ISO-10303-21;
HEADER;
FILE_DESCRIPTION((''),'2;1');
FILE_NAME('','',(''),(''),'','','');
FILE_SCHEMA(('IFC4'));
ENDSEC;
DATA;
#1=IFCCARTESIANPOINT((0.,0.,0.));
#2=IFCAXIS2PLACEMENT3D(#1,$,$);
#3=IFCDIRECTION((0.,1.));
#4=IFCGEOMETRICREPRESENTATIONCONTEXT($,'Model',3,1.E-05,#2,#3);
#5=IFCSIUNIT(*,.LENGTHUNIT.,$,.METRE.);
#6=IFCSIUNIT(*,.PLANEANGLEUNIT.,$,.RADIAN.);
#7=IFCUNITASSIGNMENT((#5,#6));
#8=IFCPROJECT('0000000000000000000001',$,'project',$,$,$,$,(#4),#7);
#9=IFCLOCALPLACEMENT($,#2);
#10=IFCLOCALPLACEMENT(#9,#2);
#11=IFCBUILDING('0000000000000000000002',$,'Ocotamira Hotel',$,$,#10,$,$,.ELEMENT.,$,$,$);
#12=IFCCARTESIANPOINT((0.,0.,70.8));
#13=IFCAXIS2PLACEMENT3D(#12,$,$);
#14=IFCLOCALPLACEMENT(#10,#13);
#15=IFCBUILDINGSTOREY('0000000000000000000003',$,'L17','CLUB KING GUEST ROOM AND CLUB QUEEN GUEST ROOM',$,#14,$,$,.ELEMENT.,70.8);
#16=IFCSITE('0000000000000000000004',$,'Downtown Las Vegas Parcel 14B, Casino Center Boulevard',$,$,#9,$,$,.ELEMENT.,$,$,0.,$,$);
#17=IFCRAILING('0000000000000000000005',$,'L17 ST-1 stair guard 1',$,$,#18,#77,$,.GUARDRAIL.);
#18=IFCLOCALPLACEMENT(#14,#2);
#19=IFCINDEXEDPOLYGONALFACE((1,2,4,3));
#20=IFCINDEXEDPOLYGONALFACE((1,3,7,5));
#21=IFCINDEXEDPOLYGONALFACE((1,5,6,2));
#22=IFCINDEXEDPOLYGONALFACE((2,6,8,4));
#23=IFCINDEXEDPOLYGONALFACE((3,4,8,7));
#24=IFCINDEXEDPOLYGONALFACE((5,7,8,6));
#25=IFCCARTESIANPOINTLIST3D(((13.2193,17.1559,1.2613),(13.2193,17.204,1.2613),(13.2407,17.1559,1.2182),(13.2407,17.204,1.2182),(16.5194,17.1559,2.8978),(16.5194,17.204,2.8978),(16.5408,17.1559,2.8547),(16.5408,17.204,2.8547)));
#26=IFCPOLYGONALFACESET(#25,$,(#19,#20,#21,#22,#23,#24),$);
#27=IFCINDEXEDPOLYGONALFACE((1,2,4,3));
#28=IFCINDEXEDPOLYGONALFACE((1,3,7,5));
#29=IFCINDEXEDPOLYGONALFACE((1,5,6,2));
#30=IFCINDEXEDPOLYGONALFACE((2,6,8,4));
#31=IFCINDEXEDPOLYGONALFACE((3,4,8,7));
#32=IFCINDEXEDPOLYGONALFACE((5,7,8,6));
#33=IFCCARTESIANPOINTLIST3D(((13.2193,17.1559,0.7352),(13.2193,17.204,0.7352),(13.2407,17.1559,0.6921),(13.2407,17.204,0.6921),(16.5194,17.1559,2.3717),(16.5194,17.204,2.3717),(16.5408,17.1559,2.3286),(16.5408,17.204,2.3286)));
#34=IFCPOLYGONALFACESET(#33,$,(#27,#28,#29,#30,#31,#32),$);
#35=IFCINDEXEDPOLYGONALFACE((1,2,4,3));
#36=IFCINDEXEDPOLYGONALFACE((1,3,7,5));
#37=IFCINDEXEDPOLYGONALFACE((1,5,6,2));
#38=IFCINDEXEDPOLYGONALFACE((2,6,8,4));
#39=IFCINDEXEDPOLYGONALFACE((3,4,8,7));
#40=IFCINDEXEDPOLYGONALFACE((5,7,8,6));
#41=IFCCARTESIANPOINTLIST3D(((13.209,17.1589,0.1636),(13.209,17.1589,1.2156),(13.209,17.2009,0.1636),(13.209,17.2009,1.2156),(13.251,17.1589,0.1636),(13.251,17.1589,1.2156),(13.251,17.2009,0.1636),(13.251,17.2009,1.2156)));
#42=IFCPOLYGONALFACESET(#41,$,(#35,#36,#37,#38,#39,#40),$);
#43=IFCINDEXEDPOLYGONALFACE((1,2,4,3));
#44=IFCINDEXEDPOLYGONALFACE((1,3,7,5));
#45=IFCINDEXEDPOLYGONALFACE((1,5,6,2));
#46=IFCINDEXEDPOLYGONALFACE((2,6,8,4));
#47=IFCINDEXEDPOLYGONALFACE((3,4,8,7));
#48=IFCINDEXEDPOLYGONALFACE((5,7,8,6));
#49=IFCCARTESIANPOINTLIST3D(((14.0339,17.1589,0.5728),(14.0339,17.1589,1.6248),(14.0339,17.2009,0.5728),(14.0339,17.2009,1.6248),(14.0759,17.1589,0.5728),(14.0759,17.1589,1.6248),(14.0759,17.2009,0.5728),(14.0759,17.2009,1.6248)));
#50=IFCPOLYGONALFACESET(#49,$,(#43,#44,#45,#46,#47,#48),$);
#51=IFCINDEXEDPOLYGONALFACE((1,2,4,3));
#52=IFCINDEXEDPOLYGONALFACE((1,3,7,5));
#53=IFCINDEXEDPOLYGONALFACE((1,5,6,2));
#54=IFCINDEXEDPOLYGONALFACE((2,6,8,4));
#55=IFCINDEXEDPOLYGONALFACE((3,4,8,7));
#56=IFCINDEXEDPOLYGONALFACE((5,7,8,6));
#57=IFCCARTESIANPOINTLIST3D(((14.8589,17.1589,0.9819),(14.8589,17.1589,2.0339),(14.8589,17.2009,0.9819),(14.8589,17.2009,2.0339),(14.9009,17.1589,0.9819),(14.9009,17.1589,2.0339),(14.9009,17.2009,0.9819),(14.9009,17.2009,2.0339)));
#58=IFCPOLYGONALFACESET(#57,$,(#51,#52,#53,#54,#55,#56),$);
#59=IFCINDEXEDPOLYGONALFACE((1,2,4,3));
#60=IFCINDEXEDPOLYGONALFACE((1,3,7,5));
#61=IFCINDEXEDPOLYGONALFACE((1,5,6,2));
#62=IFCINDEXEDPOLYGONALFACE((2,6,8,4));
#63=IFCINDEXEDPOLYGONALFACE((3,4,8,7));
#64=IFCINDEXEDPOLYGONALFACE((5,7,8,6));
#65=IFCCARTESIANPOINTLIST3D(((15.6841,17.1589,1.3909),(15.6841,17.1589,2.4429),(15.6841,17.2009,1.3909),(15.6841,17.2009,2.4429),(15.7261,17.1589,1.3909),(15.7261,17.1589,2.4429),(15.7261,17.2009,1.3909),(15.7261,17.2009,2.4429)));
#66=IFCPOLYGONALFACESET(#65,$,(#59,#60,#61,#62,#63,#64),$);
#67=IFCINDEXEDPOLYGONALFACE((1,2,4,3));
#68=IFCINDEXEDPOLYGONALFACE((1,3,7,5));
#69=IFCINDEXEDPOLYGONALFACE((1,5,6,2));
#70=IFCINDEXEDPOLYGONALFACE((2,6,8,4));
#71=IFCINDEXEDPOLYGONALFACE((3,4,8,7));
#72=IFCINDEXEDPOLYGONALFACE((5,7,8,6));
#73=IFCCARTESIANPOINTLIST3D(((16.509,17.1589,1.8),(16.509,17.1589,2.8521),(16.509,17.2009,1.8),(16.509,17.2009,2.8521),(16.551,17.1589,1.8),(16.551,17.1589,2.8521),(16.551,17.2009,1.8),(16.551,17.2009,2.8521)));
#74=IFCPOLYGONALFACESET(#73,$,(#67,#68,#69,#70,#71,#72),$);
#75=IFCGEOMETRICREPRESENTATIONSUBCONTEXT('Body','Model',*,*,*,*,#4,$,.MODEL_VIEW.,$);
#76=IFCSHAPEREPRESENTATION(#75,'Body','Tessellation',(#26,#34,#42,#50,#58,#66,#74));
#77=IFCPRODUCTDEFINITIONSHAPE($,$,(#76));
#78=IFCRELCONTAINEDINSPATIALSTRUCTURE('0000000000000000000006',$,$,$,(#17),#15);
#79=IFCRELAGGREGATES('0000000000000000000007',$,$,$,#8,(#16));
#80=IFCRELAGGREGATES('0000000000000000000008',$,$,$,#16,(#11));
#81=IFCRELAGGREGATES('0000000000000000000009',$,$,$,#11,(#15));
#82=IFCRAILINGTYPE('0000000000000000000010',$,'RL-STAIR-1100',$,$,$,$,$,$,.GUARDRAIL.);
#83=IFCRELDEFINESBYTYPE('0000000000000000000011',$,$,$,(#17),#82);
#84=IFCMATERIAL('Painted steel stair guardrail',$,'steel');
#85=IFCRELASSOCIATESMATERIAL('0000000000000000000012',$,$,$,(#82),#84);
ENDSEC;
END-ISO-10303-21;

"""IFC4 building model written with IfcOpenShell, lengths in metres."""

from ifc_helpers import new_model, si_unit, direction, frame, origin, origin_2d, place, context, subcontext, project, spatial, rectangle, extrude, material, type_object, element, save


model = new_model("IFC4")

# Units and contexts
model_context = context("Model", 3, precision=1e-05, world=origin(), true_north=direction((0.0, 1.0)))
body_context = subcontext(model_context, "Body", "Model", "MODEL_VIEW")
ifc_project = project(units=[si_unit("LENGTHUNIT", "METRE"), si_unit("PLANEANGLEUNIT", "RADIAN")], contexts=[model_context])

# Site, building, storey
site_placement = place(None, origin())
site = spatial("IfcSite", under=ifc_project, at=site_placement, Name="Downtown Las Vegas Parcel 14B, Casino Center Boulevard", CompositionType="ELEMENT", RefElevation=0.0)
building_placement = place(site_placement, origin())
building = spatial("IfcBuilding", under=site, at=building_placement, Name="Ocotamira Hotel", CompositionType="ELEMENT")
storey_placement = place(building_placement, frame((0.0, 0.0, 70.8)))
storey = spatial("IfcBuildingStorey", under=building, at=storey_placement, Name="L17", Description="CLUB KING GUEST ROOM AND CLUB QUEEN GUEST ROOM", CompositionType="ELEMENT", Elevation=70.8)

# Railing
ifc_material_1 = material(Name="Painted steel stair guardrail", Category="steel")
railing_type_1 = type_object("IfcRailingType", Name="RL-STAIR-1100", PredefinedType="GUARDRAIL", material=ifc_material_1)
railing_1_placement = place(storey_placement, frame((13.23, 17.1799, 0.1636)))
element("IfcRailing", 1, at=railing_1_placement, inside=storey, type_object=railing_type_1, Name="L17 ST-1 stair guard 1", PredefinedType="GUARDRAIL", context=body_context, shape_type="SweptSolid", body=[
    extrude(rectangle(XDim=0.0481, YDim=0.0481, at=origin_2d()), frame((0.0, 0.0, 1.0762), z_axis=(0.895894, 0.0, 0.444268), x_axis=(0.0, 1.0, 0.0)), (0.0, 0.0, 1.0), 3.6836),
    extrude(rectangle(XDim=0.0481, YDim=0.0481, at=origin_2d()), frame((0.0, 0.0, 0.55), z_axis=(0.895894, 0.0, 0.444268), x_axis=(0.0, 1.0, 0.0)), (0.0, 0.0, 1.0), 3.6836),
    extrude(rectangle(XDim=0.042, YDim=0.042, at=origin_2d()), origin(), (0.0, 0.0, 1.0), 1.052),
    extrude(rectangle(XDim=0.042, YDim=0.042, at=origin_2d()), frame((0.825, 0.0, 0.4092)), (0.0, 0.0, 1.0), 1.052),
    extrude(rectangle(XDim=0.042, YDim=0.042, at=origin_2d()), frame((1.6499, 0.0, 0.8184)), (0.0, 0.0, 1.0), 1.052),
    extrude(rectangle(XDim=0.042, YDim=0.042, at=origin_2d()), frame((2.4751, 0.0, 1.2273)), (0.0, 0.0, 1.0), 1.052),
    extrude(rectangle(XDim=0.042, YDim=0.042, at=origin_2d()), frame((3.3, 0.0, 1.6365)), (0.0, 0.0, 1.0), 1.052),
])

save(model, "model.ifc")
